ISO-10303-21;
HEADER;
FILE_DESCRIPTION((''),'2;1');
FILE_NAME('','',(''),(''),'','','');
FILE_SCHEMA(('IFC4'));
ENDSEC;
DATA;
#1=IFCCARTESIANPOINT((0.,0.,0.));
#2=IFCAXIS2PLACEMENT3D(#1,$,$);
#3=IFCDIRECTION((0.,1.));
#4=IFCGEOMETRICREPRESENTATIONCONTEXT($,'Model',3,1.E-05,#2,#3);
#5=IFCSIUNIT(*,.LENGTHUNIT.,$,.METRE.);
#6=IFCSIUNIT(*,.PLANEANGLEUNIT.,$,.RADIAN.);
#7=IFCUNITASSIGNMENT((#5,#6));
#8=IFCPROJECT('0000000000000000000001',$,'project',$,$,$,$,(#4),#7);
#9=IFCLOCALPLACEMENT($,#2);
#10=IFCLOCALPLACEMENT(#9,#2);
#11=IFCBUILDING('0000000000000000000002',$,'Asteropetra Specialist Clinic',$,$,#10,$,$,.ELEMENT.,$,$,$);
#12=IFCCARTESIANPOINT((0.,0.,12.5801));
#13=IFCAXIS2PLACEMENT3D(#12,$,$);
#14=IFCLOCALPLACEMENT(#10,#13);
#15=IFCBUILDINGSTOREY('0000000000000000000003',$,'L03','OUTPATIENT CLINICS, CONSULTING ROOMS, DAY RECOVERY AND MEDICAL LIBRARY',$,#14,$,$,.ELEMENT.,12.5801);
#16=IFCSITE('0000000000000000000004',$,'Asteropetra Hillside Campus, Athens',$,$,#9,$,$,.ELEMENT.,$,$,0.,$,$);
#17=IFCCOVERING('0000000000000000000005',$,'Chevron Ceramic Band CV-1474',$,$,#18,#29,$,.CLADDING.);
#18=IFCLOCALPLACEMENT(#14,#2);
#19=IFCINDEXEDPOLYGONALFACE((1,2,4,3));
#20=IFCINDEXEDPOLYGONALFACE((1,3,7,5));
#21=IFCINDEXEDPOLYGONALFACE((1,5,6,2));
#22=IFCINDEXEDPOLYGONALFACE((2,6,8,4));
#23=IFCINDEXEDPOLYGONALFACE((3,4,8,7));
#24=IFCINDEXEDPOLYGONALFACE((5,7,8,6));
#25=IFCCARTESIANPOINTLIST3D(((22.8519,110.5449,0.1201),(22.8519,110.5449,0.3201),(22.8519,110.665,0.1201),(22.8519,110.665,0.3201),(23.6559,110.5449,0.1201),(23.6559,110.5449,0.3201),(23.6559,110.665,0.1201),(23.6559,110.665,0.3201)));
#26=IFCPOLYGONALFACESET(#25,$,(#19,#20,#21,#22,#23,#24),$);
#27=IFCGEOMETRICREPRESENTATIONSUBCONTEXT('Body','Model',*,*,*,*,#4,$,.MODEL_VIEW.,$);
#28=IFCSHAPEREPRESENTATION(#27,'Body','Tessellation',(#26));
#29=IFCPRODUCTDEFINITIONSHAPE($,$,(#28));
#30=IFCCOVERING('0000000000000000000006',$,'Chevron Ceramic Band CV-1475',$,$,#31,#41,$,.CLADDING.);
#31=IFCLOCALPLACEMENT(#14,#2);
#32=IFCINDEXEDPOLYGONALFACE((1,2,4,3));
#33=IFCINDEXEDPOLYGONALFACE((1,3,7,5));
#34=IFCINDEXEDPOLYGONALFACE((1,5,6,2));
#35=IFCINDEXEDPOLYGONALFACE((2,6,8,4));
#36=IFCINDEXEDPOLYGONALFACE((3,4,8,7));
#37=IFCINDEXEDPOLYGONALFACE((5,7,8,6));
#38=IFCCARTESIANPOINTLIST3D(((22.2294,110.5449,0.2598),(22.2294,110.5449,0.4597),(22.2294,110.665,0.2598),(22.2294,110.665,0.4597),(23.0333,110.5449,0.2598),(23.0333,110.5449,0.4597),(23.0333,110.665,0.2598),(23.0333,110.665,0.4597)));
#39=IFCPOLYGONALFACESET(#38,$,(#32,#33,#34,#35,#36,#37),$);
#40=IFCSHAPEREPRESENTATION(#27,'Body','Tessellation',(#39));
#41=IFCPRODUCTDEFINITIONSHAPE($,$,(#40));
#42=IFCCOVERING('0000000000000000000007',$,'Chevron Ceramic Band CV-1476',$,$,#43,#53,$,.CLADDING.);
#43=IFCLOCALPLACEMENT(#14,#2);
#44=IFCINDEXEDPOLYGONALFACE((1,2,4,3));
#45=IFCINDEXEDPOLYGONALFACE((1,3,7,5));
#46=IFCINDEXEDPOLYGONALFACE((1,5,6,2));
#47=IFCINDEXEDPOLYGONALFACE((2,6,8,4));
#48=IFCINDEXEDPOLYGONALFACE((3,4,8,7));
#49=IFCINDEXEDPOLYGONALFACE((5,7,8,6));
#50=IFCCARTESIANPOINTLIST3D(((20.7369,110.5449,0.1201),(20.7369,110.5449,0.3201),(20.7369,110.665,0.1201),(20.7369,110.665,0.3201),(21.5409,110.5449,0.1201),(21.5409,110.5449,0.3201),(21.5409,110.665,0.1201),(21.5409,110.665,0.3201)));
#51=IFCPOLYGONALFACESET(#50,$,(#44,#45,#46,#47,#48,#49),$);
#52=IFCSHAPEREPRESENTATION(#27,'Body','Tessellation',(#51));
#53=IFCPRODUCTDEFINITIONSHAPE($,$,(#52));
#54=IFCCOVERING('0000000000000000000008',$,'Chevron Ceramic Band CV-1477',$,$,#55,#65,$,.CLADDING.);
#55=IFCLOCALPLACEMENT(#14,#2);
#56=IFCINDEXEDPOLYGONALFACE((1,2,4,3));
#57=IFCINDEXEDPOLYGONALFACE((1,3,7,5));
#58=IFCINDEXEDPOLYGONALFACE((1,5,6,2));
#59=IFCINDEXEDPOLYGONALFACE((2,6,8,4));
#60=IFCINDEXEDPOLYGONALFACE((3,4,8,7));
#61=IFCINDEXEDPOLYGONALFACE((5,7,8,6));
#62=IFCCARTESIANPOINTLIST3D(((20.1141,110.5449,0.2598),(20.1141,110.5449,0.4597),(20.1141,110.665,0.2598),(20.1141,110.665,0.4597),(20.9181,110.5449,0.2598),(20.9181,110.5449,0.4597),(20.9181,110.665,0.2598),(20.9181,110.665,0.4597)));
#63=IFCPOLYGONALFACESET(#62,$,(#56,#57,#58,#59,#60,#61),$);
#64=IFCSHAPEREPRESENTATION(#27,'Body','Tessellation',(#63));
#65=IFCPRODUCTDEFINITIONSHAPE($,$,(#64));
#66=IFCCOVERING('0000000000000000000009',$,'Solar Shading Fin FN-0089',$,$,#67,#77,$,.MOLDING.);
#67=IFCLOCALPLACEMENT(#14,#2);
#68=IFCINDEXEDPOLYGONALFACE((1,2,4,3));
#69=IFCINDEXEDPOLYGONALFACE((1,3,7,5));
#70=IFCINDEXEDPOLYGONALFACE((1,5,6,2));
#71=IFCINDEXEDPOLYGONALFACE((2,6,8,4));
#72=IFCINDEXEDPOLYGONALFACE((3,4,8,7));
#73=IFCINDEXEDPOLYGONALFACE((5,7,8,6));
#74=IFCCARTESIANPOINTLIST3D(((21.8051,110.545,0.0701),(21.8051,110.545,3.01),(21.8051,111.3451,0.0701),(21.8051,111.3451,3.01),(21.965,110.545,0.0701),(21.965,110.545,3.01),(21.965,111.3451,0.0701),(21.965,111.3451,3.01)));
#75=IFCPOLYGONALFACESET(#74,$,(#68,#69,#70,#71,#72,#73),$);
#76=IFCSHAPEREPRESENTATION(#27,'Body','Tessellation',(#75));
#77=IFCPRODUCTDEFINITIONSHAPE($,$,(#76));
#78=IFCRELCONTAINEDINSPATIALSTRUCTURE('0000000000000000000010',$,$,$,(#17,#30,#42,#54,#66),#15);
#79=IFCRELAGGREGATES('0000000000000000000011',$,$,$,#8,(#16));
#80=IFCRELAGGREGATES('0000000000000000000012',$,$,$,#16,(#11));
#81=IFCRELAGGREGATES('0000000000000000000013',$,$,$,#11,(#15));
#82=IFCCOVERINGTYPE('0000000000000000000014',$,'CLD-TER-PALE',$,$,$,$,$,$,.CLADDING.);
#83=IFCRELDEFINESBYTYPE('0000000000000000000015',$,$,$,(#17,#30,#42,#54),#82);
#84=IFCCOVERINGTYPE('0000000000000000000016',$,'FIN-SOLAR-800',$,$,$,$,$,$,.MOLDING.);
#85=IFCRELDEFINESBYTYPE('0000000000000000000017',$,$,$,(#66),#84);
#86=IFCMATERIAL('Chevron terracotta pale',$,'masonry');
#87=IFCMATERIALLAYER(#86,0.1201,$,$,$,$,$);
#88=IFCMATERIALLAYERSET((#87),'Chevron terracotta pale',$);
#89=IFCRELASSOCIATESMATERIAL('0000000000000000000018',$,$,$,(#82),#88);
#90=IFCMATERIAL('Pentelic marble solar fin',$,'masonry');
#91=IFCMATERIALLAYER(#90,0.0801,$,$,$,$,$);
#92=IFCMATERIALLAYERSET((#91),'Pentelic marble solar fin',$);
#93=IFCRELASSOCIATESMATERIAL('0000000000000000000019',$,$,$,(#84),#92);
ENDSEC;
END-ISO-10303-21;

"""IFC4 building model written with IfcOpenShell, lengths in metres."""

from ifc_helpers import new_model, si_unit, direction, frame, origin, origin_2d, place, context, subcontext, project, spatial, rectangle, extrude, material, layer, layer_set, type_object, element, save


model = new_model("IFC4")

# Units and contexts
model_context = context("Model", 3, precision=1e-05, world=origin(), true_north=direction((0.0, 1.0)))
body_context = subcontext(model_context, "Body", "Model", "MODEL_VIEW")
ifc_project = project(units=[si_unit("LENGTHUNIT", "METRE"), si_unit("PLANEANGLEUNIT", "RADIAN")], contexts=[model_context])

# Site, building, storey
site_placement = place(None, origin())
site = spatial("IfcSite", under=ifc_project, at=site_placement, Name="Asteropetra Hillside Campus, Athens", CompositionType="ELEMENT", RefElevation=0.0)
building_placement = place(site_placement, origin())
building = spatial("IfcBuilding", under=site, at=building_placement, Name="Asteropetra Specialist Clinic", CompositionType="ELEMENT")
storey_placement = place(building_placement, frame((0.0, 0.0, 12.5801)))
storey = spatial("IfcBuildingStorey", under=building, at=storey_placement, Name="L03", Description="OUTPATIENT CLINICS, CONSULTING ROOMS, DAY RECOVERY AND MEDICAL LIBRARY", CompositionType="ELEMENT", Elevation=12.5801)

# Coverings
ifc_material_1 = material(Name="Chevron terracotta pale", Category="masonry")
ifc_layer_1 = layer(ifc_material_1, 0.1201)
ifc_layer_set_1 = layer_set([ifc_layer_1], Name="Chevron terracotta pale")
covering_type_1 = type_object("IfcCoveringType", Name="CLD-TER-PALE", PredefinedType="CLADDING", material=ifc_layer_set_1)
for number, where, z_axis, x_axis, name in (
    (1, (23.2539, 110.605, 0.1201), (0.0, 0.0, 1.0), (1.0, 0.0, 0.0), "Chevron Ceramic Band CV-1474"),
    (2, (22.6313, 110.605, 0.2598), (0.0, 0.0, 1.0), (1.0, 0.0, 0.0), "Chevron Ceramic Band CV-1475"),
    (3, (21.1389, 110.605, 0.1201), (0.0, 0.0, 1.0), (1.0, 0.0, 0.0), "Chevron Ceramic Band CV-1476"),
    (4, (20.5161, 110.605, 0.2598), (0.0, 0.0, 1.0), (1.0, 0.0, 0.0), "Chevron Ceramic Band CV-1477"),
):
    element("IfcCovering", number, at=place(storey_placement, frame(where, z_axis=z_axis, x_axis=x_axis)), inside=storey, type_object=covering_type_1, Name=name, PredefinedType="CLADDING", context=body_context, shape_type="SweptSolid", body=[
        extrude(rectangle(XDim=0.804, YDim=0.1201, at=origin_2d()), origin(), (0.0, 0.0, 1.0), 0.2),
    ])
ifc_material_2 = material(Name="Pentelic marble solar fin", Category="masonry")
ifc_layer_2 = layer(ifc_material_2, 0.0801)
ifc_layer_set_2 = layer_set([ifc_layer_2], Name="Pentelic marble solar fin")
covering_type_2 = type_object("IfcCoveringType", Name="FIN-SOLAR-800", PredefinedType="MOLDING", material=ifc_layer_set_2)
covering_placement = place(storey_placement, frame((21.885, 110.9451, 0.0701), z_axis=(0.0, 0.0, 1.0), x_axis=(1.0, 0.0, 0.0)))
element("IfcCovering", 5, at=covering_placement, inside=storey, type_object=covering_type_2, Name="Solar Shading Fin FN-0089", PredefinedType="MOLDING", context=body_context, shape_type="SweptSolid", body=[
    extrude(rectangle(XDim=0.1599, YDim=0.8, at=origin_2d()), origin(), (0.0, 0.0, 1.0), 2.9399),
])

save(model, "model.ifc")
